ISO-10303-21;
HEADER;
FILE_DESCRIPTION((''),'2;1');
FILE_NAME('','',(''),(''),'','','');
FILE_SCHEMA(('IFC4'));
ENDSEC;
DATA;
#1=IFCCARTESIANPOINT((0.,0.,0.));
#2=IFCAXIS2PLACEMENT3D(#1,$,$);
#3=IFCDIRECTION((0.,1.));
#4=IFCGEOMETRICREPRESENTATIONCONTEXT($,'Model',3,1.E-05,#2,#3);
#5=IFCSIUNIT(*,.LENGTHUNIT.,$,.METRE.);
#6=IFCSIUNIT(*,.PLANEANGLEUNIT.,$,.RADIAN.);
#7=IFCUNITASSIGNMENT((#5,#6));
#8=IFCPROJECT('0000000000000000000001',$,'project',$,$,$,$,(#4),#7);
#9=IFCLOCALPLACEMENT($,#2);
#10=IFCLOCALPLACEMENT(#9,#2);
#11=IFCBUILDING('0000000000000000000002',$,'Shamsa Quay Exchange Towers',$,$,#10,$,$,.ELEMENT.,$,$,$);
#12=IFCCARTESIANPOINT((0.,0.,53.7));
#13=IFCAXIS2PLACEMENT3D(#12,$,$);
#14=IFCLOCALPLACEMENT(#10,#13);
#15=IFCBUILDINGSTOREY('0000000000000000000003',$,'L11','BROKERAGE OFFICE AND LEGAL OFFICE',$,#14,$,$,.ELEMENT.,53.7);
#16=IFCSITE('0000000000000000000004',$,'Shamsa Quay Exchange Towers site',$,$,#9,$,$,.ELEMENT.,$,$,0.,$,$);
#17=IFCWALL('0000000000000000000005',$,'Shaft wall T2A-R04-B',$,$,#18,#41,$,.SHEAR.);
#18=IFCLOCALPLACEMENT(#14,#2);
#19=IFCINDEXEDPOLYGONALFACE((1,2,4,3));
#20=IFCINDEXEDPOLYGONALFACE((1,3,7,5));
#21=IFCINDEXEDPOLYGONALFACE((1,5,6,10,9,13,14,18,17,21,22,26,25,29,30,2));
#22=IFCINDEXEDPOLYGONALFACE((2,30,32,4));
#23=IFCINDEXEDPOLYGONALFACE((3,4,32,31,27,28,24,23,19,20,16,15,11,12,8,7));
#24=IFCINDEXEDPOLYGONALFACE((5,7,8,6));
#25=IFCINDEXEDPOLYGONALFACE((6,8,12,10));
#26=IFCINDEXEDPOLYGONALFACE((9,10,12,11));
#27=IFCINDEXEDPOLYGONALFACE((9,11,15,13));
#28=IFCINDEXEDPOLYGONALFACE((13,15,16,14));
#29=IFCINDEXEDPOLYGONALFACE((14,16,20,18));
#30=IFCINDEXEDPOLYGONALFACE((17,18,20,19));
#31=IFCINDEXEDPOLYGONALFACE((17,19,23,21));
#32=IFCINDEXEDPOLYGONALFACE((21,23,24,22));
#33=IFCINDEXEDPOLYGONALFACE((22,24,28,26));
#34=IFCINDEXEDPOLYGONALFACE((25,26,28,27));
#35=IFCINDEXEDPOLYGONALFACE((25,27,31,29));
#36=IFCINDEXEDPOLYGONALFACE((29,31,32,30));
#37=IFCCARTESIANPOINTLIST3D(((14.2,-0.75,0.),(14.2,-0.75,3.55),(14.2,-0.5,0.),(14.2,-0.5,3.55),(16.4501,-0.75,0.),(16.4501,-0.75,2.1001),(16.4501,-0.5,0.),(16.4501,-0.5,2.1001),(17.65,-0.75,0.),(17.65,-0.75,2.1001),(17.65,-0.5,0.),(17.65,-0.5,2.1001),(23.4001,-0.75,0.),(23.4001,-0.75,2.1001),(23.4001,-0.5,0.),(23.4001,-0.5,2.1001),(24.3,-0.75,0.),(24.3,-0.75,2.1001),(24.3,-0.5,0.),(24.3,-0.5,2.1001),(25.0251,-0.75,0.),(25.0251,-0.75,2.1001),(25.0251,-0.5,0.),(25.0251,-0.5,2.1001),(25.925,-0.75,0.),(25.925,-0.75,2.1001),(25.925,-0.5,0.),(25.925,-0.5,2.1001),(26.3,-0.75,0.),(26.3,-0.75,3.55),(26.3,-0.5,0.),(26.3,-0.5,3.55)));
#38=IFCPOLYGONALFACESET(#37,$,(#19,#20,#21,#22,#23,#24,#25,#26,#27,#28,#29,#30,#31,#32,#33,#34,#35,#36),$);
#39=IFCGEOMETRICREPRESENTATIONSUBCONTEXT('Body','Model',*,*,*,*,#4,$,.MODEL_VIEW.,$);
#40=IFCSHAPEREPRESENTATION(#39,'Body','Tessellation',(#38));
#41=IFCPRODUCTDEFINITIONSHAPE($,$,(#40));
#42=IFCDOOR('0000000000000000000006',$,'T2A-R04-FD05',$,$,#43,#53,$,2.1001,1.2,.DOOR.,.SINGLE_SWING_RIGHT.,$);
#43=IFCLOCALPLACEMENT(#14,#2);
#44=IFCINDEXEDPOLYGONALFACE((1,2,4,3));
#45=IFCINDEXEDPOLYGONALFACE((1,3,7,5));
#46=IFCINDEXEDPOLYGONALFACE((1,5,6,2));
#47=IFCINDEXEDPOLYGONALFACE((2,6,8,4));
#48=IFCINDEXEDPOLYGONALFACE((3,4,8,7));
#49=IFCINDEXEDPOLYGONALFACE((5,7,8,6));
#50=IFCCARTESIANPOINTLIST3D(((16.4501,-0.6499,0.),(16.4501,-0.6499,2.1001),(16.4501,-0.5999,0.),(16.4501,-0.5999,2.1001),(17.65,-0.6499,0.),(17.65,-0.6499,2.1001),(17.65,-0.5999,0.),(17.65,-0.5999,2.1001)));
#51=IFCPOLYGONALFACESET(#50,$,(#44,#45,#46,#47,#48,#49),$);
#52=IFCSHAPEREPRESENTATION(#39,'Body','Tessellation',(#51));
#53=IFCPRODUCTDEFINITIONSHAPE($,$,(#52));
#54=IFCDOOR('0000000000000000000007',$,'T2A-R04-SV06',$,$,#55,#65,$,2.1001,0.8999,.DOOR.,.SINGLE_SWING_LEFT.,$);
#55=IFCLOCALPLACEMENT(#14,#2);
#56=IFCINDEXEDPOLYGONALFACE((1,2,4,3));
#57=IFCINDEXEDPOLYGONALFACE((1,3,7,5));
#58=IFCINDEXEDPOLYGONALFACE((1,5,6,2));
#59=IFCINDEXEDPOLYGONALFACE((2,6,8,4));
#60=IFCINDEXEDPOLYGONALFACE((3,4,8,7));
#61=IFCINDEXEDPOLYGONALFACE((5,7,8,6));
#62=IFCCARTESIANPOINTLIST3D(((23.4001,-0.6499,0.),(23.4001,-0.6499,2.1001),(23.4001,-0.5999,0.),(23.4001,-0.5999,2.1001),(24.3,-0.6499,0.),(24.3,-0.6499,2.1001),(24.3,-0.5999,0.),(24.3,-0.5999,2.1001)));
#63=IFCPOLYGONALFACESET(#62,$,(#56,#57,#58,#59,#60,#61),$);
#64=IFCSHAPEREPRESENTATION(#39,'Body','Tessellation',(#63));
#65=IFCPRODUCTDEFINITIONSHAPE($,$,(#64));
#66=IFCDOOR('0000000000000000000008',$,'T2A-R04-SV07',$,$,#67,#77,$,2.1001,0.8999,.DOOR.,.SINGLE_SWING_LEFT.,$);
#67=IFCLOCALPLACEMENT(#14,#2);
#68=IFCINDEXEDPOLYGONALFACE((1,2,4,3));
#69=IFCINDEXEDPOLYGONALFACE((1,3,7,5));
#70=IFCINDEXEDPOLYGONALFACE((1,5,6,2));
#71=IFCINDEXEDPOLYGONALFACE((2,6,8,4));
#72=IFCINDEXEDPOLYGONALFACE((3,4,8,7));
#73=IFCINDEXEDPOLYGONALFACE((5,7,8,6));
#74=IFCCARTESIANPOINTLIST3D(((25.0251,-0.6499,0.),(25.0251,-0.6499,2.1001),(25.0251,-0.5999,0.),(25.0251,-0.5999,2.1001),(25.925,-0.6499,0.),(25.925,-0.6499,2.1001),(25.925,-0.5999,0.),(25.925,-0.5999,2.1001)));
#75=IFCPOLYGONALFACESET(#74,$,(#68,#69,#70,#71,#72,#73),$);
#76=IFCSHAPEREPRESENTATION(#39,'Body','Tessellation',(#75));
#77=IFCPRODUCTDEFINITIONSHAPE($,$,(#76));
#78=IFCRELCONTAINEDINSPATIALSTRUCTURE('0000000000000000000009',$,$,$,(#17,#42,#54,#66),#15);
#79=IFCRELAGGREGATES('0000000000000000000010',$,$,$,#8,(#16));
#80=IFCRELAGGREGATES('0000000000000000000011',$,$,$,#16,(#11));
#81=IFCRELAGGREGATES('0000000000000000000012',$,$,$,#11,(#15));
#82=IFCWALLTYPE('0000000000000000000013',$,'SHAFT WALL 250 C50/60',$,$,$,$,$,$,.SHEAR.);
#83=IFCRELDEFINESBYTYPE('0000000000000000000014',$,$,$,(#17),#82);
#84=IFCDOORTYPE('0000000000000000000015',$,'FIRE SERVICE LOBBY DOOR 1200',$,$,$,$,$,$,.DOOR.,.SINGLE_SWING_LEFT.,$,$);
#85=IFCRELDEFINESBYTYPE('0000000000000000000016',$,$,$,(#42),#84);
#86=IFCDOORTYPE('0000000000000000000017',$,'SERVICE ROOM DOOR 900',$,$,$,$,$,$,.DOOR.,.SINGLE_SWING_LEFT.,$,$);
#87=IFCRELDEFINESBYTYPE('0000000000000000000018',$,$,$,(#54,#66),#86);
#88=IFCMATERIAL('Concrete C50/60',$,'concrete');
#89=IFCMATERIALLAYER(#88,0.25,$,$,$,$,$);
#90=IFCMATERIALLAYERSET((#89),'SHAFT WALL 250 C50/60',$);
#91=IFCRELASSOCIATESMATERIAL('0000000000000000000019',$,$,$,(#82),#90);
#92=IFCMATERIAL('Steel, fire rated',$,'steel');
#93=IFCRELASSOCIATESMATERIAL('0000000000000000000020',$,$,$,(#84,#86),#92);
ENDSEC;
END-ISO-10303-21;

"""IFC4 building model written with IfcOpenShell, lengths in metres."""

from ifc_helpers import new_model, si_unit, direction, frame, frame_2d, origin, place, context, subcontext, project, spatial, rectangle, extrude, material, layer, layer_set, type_object, element, fill, save


model = new_model("IFC4")

# Units and contexts
model_context = context("Model", 3, precision=1e-05, world=origin(), true_north=direction((0.0, 1.0)))
body_context = subcontext(model_context, "Body", "Model", "MODEL_VIEW")
ifc_project = project(units=[si_unit("LENGTHUNIT", "METRE"), si_unit("PLANEANGLEUNIT", "RADIAN")], contexts=[model_context])

# Site, building, storey
site_placement = place(None, origin())
site = spatial("IfcSite", under=ifc_project, at=site_placement, Name="Shamsa Quay Exchange Towers site", CompositionType="ELEMENT", RefElevation=0.0)
building_placement = place(site_placement, origin())
building = spatial("IfcBuilding", under=site, at=building_placement, Name="Shamsa Quay Exchange Towers", CompositionType="ELEMENT")
storey_placement = place(building_placement, frame((0.0, 0.0, 53.7)))
storey = spatial("IfcBuildingStorey", under=building, at=storey_placement, Name="L11", Description="BROKERAGE OFFICE AND LEGAL OFFICE", CompositionType="ELEMENT", Elevation=53.7)

# Shared definitions
ifc_material_1 = material(Name="Concrete C50/60", Category="concrete")
ifc_layer_1 = layer(ifc_material_1, 0.25)
ifc_layer_set_1 = layer_set([ifc_layer_1], Name="SHAFT WALL 250 C50/60")
wall_type_1 = type_object("IfcWallType", Name="SHAFT WALL 250 C50/60", PredefinedType="SHEAR", material=ifc_layer_set_1)
ifc_material_2 = material(Name="Steel, fire rated", Category="steel")

# Wall, openings, doors
wall_1_placement = place(storey_placement, frame((26.3, -0.625, 0.0), z_axis=(0.0, 0.0, 1.0), x_axis=(-1.0, 0.0, 0.0)))
wall_1 = element("IfcWall", 1, at=wall_1_placement, inside=storey, type_object=wall_type_1, Name="Shaft wall T2A-R04-B", PredefinedType="SHEAR", context=body_context, shape_type="SweptSolid", body=[
    extrude(rectangle(XDim=12.1001, YDim=0.25, at=frame_2d((6.05, 0.0))), origin(), (0.0, 0.0, 1.0), 3.55),
])
opening_1_placement = place(wall_1_placement, frame((8.6499, 0.0, 0.0)))
opening_1 = element("IfcOpeningElement", 2, at=opening_1_placement, cuts=wall_1, PredefinedType="OPENING", context=body_context, shape_type="SweptSolid", body=[
    extrude(rectangle(XDim=1.2, YDim=2.1001, at=frame_2d((0.6001, 1.05))), frame((0.0, 0.135, 0.0), z_axis=(0.0, -1.0, 0.0), x_axis=(1.0, 0.0, 0.0)), (0.0, 0.0, 1.0), 0.27),
])
opening_2_placement = place(wall_1_placement, frame((2.0, 0.0, 0.0)))
opening_2 = element("IfcOpeningElement", 3, at=opening_2_placement, cuts=wall_1, PredefinedType="OPENING", context=body_context, shape_type="SweptSolid", body=[
    extrude(rectangle(XDim=0.8999, YDim=2.1001, at=frame_2d((0.45, 1.05))), frame((0.0, 0.135, 0.0), z_axis=(0.0, -1.0, 0.0), x_axis=(1.0, 0.0, 0.0)), (0.0, 0.0, 1.0), 0.27),
])
opening_3_placement = place(wall_1_placement, frame((0.375, 0.0, 0.0)))
opening_3 = element("IfcOpeningElement", 4, at=opening_3_placement, cuts=wall_1, PredefinedType="OPENING", context=body_context, shape_type="SweptSolid", body=[
    extrude(rectangle(XDim=0.8999, YDim=2.1001, at=frame_2d((0.45, 1.05))), frame((0.0, 0.135, 0.0), z_axis=(0.0, -1.0, 0.0), x_axis=(1.0, 0.0, 0.0)), (0.0, 0.0, 1.0), 0.27),
])
door_type_1 = type_object("IfcDoorType", Name="FIRE SERVICE LOBBY DOOR 1200", OperationType="SINGLE_SWING_LEFT", PredefinedType="DOOR", material=ifc_material_2)
door_1_placement = place(opening_1_placement, origin())
door_1 = element("IfcDoor", 5, at=door_1_placement, inside=storey, type_object=door_type_1, Name="T2A-R04-FD05", OperationType="SINGLE_SWING_RIGHT", OverallHeight=2.1001, OverallWidth=1.2, PredefinedType="DOOR", context=body_context, shape_type="SweptSolid", body=[
    extrude(rectangle(XDim=1.2, YDim=2.1001, at=frame_2d((0.6001, 1.05))), frame((0.0, 0.0249, 0.0), z_axis=(0.0, -1.0, 0.0), x_axis=(1.0, 0.0, 0.0)), (0.0, 0.0, 1.0), 0.05),
])
fill(opening_1, door_1)
door_type_2 = type_object("IfcDoorType", Name="SERVICE ROOM DOOR 900", OperationType="SINGLE_SWING_LEFT", PredefinedType="DOOR", material=ifc_material_2)
door_2_placement = place(opening_2_placement, origin())
door_2 = element("IfcDoor", 6, at=door_2_placement, inside=storey, type_object=door_type_2, Name="T2A-R04-SV06", OperationType="SINGLE_SWING_LEFT", OverallHeight=2.1001, OverallWidth=0.8999, PredefinedType="DOOR", context=body_context, shape_type="SweptSolid", body=[
    extrude(rectangle(XDim=0.8999, YDim=2.1001, at=frame_2d((0.45, 1.05))), frame((0.0, 0.0249, 0.0), z_axis=(0.0, -1.0, 0.0), x_axis=(1.0, 0.0, 0.0)), (0.0, 0.0, 1.0), 0.05),
])
fill(opening_2, door_2)
door_3_placement = place(opening_3_placement, origin())
door_3 = element("IfcDoor", 7, at=door_3_placement, inside=storey, type_object=door_type_2, Name="T2A-R04-SV07", OperationType="SINGLE_SWING_LEFT", OverallHeight=2.1001, OverallWidth=0.8999, PredefinedType="DOOR", context=body_context, shape_type="SweptSolid", body=[
    extrude(rectangle(XDim=0.8999, YDim=2.1001, at=frame_2d((0.45, 1.05))), frame((0.0, 0.0249, 0.0), z_axis=(0.0, -1.0, 0.0), x_axis=(1.0, 0.0, 0.0)), (0.0, 0.0, 1.0), 0.05),
])
fill(opening_3, door_3)

save(model, "model.ifc")
